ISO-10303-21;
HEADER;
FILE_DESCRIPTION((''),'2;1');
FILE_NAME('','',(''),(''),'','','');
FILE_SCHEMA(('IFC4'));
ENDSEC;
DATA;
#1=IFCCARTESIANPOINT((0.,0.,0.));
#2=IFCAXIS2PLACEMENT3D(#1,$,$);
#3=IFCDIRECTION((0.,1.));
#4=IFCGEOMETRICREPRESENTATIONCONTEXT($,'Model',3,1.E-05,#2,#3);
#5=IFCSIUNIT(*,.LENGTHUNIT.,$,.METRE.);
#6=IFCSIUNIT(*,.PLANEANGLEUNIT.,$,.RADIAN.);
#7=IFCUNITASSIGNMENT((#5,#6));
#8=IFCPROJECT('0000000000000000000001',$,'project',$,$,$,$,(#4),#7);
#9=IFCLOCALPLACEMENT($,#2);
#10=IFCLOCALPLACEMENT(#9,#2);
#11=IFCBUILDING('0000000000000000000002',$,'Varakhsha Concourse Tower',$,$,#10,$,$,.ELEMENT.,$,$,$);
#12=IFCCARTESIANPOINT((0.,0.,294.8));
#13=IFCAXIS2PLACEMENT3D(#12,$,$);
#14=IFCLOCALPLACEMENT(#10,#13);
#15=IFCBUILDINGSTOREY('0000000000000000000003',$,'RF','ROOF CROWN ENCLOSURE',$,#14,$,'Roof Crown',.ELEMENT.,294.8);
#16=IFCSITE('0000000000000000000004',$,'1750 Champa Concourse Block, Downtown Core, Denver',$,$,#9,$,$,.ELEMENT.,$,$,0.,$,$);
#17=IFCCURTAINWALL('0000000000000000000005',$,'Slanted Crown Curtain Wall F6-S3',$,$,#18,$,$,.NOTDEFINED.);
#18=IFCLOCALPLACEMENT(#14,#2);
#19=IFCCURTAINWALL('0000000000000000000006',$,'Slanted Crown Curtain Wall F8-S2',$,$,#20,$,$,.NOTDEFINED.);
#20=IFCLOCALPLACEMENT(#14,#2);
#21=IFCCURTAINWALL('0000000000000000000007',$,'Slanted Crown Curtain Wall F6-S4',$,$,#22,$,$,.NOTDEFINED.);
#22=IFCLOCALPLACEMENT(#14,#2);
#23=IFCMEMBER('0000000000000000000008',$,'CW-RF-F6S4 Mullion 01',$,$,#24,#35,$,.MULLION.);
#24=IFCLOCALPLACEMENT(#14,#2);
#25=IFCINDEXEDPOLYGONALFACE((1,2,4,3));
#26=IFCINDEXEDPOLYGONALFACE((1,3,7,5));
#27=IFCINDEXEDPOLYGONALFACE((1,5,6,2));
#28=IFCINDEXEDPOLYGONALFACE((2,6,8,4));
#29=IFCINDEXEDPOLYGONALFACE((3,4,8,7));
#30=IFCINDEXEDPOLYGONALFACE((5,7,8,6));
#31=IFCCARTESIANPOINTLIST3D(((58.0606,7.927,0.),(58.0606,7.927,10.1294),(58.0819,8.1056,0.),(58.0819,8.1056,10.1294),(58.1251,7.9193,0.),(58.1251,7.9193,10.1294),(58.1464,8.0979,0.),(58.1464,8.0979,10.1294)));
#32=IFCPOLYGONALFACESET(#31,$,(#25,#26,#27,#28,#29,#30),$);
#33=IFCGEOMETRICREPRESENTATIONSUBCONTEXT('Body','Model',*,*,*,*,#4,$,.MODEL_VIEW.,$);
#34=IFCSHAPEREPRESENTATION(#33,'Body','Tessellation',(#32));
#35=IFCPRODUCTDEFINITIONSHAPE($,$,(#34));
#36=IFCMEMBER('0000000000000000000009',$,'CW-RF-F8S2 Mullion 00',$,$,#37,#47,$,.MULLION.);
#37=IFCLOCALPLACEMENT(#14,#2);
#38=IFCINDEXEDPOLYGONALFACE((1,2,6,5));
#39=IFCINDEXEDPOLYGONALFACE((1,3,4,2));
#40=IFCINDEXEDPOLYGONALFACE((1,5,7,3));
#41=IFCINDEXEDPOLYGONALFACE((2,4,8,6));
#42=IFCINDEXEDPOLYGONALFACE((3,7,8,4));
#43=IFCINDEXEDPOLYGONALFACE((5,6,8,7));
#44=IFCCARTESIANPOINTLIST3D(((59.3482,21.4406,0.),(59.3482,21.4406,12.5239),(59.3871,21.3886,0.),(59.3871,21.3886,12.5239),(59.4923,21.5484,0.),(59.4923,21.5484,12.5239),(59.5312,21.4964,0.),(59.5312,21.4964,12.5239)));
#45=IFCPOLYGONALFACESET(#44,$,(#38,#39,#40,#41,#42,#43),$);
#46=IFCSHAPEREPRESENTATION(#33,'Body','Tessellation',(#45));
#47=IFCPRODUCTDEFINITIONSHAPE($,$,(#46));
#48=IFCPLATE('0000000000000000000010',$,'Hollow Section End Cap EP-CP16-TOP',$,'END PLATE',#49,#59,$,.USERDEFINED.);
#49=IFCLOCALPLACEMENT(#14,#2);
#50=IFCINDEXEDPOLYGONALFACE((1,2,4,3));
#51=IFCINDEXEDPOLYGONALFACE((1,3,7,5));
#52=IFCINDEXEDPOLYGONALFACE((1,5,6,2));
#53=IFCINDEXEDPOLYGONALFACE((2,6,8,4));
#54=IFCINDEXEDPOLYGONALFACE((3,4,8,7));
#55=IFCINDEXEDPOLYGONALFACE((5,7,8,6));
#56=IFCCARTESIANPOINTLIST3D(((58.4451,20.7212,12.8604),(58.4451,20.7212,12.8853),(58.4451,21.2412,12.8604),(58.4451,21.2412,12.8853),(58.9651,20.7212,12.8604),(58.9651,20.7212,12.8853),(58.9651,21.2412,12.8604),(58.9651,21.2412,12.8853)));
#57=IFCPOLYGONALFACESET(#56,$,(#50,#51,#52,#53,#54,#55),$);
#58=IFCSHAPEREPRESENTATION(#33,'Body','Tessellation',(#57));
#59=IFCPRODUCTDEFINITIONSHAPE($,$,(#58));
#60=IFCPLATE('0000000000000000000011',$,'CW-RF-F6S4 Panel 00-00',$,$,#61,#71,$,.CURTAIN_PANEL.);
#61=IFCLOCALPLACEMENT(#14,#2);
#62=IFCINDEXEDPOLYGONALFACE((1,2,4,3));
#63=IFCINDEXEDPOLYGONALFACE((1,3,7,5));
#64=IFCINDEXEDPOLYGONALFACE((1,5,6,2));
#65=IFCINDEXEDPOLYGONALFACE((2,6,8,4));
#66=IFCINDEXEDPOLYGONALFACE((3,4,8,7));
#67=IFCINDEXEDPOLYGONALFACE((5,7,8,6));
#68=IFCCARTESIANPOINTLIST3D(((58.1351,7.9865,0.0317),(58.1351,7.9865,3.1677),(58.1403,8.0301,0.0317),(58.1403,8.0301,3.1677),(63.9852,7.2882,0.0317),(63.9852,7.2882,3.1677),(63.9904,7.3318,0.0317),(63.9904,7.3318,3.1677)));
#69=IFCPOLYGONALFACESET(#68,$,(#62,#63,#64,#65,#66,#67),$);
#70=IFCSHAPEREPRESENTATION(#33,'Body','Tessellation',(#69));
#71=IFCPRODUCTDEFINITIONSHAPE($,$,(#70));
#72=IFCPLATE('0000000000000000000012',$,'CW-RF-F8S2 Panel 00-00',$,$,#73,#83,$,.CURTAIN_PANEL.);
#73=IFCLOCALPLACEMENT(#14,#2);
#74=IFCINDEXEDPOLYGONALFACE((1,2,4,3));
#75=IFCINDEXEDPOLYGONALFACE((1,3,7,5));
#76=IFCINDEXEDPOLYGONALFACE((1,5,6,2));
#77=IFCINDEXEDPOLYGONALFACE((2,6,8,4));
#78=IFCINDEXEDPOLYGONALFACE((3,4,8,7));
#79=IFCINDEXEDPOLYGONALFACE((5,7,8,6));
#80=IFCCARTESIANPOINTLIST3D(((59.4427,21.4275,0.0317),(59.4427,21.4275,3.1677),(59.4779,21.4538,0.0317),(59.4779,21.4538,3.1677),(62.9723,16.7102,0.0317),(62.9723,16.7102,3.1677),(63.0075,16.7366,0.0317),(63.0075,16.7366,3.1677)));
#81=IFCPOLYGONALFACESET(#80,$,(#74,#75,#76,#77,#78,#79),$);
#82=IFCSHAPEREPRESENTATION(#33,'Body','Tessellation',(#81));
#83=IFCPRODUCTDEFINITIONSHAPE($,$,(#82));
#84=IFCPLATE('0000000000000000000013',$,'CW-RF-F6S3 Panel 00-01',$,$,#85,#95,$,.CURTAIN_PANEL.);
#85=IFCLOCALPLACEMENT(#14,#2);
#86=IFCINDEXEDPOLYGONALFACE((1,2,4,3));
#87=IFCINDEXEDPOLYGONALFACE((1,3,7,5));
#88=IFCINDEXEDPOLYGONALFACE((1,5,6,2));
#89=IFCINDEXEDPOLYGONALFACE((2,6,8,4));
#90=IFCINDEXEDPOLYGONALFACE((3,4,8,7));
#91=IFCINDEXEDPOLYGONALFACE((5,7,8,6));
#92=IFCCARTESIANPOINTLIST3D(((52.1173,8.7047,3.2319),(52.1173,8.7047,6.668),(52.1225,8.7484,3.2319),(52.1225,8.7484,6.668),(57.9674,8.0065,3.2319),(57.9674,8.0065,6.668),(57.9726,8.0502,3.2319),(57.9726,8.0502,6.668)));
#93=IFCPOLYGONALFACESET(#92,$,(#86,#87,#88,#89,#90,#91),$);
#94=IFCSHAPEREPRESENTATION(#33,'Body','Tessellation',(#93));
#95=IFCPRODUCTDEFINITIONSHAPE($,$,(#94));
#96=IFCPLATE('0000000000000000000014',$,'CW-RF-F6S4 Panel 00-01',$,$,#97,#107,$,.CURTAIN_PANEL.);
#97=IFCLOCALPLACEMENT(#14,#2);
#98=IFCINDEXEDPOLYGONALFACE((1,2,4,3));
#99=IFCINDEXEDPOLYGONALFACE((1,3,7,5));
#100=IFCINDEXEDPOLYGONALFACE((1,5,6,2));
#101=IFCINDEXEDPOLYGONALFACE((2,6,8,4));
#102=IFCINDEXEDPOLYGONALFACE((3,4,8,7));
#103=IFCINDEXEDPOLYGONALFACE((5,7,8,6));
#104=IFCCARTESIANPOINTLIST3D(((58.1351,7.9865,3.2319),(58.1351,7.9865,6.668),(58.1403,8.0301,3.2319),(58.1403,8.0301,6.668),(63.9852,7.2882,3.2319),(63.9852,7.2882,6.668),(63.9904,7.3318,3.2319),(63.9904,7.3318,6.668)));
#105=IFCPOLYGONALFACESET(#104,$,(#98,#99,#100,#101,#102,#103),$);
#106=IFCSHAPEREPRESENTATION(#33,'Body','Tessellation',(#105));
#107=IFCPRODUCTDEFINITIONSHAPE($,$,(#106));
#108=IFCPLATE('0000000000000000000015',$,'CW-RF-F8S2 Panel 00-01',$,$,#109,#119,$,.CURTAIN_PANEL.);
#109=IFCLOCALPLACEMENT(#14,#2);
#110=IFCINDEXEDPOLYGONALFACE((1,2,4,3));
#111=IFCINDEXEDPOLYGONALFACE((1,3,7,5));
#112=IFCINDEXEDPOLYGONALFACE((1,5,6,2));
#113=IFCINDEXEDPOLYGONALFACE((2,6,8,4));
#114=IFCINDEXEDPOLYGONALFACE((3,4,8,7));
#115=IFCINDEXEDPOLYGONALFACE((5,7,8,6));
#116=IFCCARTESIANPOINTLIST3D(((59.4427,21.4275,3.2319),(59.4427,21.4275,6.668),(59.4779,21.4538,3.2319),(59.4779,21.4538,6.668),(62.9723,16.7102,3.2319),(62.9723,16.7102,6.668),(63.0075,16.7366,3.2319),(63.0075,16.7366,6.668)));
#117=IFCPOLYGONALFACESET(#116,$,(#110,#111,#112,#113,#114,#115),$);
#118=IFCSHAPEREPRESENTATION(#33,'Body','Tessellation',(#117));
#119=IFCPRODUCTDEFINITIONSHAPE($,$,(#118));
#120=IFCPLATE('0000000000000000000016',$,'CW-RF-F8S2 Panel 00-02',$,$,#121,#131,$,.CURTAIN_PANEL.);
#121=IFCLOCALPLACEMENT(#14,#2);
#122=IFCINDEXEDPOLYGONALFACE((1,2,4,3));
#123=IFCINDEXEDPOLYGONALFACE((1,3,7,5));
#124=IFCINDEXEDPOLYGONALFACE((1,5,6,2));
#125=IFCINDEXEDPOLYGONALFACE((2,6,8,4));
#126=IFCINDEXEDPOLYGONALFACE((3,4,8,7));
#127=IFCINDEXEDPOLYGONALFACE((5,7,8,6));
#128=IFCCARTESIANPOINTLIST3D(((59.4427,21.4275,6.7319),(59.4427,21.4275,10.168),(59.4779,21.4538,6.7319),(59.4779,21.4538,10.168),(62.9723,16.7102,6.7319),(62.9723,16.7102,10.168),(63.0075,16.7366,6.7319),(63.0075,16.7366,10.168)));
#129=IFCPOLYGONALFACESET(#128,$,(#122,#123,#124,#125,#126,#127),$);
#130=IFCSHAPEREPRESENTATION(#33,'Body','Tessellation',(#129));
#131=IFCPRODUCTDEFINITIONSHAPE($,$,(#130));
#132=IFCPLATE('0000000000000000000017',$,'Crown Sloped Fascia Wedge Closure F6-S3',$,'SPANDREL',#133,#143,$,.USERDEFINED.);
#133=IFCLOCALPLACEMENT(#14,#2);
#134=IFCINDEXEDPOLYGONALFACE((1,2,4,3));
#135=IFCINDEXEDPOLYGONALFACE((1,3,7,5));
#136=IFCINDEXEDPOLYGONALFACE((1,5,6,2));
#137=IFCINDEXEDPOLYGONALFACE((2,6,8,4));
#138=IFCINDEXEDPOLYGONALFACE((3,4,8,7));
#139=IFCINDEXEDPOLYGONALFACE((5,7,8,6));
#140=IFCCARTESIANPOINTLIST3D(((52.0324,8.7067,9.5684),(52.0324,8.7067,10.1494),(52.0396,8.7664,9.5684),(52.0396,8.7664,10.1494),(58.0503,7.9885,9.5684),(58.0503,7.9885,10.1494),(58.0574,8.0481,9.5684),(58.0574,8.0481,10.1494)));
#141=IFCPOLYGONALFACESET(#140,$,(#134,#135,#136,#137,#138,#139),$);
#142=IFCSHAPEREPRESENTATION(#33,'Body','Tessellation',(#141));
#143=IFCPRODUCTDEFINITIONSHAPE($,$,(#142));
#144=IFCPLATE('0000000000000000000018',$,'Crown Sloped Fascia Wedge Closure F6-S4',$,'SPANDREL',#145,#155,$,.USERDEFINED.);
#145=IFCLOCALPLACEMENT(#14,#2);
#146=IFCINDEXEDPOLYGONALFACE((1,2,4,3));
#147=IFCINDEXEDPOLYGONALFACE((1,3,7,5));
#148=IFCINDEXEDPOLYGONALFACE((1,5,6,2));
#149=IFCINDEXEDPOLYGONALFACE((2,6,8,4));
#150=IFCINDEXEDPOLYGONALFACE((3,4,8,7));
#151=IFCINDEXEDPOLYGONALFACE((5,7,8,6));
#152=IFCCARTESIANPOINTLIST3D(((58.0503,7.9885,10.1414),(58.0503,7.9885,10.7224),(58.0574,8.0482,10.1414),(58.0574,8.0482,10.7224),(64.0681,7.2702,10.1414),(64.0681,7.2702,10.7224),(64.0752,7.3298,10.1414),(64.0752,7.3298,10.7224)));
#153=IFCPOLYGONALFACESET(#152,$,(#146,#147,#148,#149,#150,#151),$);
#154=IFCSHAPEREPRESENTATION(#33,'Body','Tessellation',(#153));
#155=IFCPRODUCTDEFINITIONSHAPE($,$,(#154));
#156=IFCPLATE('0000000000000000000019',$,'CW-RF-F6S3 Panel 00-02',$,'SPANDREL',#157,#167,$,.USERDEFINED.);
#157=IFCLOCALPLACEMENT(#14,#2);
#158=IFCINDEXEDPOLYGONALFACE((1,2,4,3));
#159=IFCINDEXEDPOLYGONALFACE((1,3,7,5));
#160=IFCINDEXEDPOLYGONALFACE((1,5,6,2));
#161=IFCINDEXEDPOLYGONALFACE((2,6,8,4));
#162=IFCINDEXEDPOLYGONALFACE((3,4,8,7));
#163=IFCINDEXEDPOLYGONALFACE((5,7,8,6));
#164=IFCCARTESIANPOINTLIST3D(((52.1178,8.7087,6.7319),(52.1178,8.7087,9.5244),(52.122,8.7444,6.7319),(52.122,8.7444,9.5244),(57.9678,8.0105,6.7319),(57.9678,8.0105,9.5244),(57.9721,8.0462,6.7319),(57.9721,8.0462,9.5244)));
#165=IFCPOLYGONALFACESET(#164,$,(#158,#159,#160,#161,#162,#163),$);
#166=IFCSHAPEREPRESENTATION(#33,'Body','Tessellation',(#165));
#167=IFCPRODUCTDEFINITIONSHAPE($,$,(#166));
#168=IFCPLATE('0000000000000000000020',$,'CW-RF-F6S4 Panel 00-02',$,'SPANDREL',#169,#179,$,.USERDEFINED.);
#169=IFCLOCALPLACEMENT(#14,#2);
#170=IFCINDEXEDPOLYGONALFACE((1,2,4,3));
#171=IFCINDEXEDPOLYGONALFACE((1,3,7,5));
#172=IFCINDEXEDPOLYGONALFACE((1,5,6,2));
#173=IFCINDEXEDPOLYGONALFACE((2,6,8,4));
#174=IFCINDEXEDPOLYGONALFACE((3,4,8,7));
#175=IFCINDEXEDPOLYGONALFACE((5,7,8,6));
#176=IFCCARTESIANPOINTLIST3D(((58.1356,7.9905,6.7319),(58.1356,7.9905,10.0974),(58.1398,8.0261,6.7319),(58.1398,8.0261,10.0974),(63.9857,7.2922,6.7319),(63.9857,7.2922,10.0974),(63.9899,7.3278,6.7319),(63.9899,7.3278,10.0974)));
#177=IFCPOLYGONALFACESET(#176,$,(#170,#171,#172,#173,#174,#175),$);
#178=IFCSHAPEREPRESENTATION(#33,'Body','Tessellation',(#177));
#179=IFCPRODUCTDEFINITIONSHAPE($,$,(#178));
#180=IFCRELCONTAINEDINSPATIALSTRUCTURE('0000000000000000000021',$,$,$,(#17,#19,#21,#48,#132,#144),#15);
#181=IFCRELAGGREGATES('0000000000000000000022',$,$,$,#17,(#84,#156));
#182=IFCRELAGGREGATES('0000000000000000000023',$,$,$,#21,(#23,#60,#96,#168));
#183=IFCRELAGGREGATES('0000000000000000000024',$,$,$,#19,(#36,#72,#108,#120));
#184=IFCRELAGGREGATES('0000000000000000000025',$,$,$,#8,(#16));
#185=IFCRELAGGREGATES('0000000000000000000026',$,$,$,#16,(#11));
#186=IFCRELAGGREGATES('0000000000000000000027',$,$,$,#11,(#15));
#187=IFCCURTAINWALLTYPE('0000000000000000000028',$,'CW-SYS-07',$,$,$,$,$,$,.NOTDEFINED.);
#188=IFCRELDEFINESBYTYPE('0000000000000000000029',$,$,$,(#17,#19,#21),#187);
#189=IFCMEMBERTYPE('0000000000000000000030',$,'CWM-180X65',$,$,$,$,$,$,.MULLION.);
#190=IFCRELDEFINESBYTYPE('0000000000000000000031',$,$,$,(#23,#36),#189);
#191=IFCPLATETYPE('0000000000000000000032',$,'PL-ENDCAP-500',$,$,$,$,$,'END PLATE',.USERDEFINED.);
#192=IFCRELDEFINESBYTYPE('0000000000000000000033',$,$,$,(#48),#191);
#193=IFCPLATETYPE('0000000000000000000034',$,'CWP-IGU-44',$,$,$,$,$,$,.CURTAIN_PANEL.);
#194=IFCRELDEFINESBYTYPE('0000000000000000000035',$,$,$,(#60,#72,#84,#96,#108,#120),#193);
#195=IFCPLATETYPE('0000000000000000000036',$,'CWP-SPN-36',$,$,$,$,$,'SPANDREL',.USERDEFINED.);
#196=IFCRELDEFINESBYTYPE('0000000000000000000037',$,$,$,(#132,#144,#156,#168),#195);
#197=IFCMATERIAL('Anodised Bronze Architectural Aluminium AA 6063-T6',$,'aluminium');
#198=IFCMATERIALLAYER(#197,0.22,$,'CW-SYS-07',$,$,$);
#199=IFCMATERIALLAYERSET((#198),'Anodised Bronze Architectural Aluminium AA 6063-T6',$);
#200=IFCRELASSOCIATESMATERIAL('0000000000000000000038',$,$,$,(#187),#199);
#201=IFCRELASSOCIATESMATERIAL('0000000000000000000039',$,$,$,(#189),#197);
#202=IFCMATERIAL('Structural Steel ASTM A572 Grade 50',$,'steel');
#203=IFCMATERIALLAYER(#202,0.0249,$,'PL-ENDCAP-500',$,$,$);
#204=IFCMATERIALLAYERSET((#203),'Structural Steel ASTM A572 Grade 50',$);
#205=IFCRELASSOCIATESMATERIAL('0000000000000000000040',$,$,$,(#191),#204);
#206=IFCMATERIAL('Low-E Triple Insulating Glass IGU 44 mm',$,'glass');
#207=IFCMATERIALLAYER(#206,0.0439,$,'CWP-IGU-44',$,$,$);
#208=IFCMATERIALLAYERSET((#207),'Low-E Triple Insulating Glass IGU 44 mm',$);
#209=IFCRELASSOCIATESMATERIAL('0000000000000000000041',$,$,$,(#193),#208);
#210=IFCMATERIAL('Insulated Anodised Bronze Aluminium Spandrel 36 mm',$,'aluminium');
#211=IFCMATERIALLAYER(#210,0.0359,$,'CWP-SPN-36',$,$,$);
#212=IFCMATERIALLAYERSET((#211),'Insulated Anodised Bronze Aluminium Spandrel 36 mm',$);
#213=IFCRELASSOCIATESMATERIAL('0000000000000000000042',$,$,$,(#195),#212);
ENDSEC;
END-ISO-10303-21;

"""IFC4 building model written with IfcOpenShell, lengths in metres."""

from ifc_helpers import new_model, si_unit, direction, frame, origin, origin_2d, place, context, subcontext, project, spatial, rectangle, extrude, source, transform, mapped, material, layer, layer_set, material_profile, profile_set, type_object, type_shapes, element, aggregate, save


model = new_model("IFC4")

# Units and contexts
model_context = context("Model", 3, precision=1e-05, world=origin(), true_north=direction((0.0, 1.0)))
body_context = subcontext(model_context, "Body", "Model", "MODEL_VIEW")
ifc_project = project(units=[si_unit("LENGTHUNIT", "METRE"), si_unit("PLANEANGLEUNIT", "RADIAN")], contexts=[model_context])

# Site, building, storey
site_placement = place(None, origin())
site = spatial("IfcSite", under=ifc_project, at=site_placement, Name="1750 Champa Concourse Block, Downtown Core, Denver", CompositionType="ELEMENT", RefElevation=0.0)
building_placement = place(site_placement, origin())
building = spatial("IfcBuilding", under=site, at=building_placement, Name="Varakhsha Concourse Tower", CompositionType="ELEMENT")
storey_placement = place(building_placement, frame((0.0, 0.0, 294.8)))
storey = spatial("IfcBuildingStorey", under=building, at=storey_placement, Name="RF", Description="ROOF CROWN ENCLOSURE", LongName="Roof Crown", CompositionType="ELEMENT", Elevation=294.8)

# Shared definitions
ifc_material_1 = material(Name="Structural Steel ASTM A572 Grade 50", Category="steel")

# Curtain walls
ifc_material_2 = material(Name="Anodised Bronze Architectural Aluminium AA 6063-T6", Category="aluminium")
ifc_layer_1 = layer(ifc_material_2, 0.22, Name="CW-SYS-07")
ifc_layer_set_1 = layer_set([ifc_layer_1], Name="Anodised Bronze Architectural Aluminium AA 6063-T6")
curtain_wall_type = type_object("IfcCurtainWallType", Name="CW-SYS-07", PredefinedType="NOTDEFINED", material=ifc_layer_set_1)
curtain_wall_1_placement = place(storey_placement, origin())
curtain_wall_1 = element("IfcCurtainWall", 1, at=curtain_wall_1_placement, inside=storey, type_object=curtain_wall_type, Name="Slanted Crown Curtain Wall F6-S3", PredefinedType="NOTDEFINED")
curtain_wall_2_placement = place(storey_placement, origin())
curtain_wall_2 = element("IfcCurtainWall", 2, at=curtain_wall_2_placement, inside=storey, type_object=curtain_wall_type, Name="Slanted Crown Curtain Wall F8-S2", PredefinedType="NOTDEFINED")

# Shared definitions
ifc_material_profile_1 = material_profile(ifc_material_2, rectangle(XDim=0.0649, YDim=0.1799, at=origin_2d()), Name="CWM-180X65")
ifc_profile_set_1 = profile_set([ifc_material_profile_1], Name="Anodised Bronze Architectural Aluminium AA 6063-T6")
member_type_1 = type_object("IfcMemberType", Name="CWM-180X65", PredefinedType="MULLION", material=ifc_profile_set_1)

# Curtain wall, member
curtain_wall_3_placement = place(storey_placement, origin())
curtain_wall_3 = element("IfcCurtainWall", 3, at=curtain_wall_3_placement, inside=storey, type_object=curtain_wall_type, Name="Slanted Crown Curtain Wall F6-S4", PredefinedType="NOTDEFINED")
shared_shape_1 = source(origin(), body_context, "Body", "SweptSolid", [
    extrude(rectangle(XDim=0.0649, YDim=0.1799, at=origin_2d()), origin(), (0.0, 0.0, 1.0), 10.1294),
])
member_1_placement = place(storey_placement, frame((58.1035, 8.0125, 0.0), z_axis=(0.0, 0.0, 1.0), x_axis=(-0.992951, 0.118525, 0.0)))
member_1 = element("IfcMember", 4, at=member_1_placement, type_object=member_type_1, Name="CW-RF-F6S4 Mullion 01", PredefinedType="MULLION", context=body_context, shape_type="MappedRepresentation", body=[
    mapped(shared_shape_1, transform((0.0, 0.0, 0.0), scale=1.0)),
])

# Member
shared_shape_2 = source(origin(), body_context, "Body", "SweptSolid", [
    extrude(rectangle(XDim=0.0649, YDim=0.1799, at=origin_2d()), origin(), (0.0, 0.0, 1.0), 12.5239),
])
member_2_placement = place(storey_placement, frame((59.4397, 21.4685, 0.0), z_axis=(0.0, 0.0, 1.0), x_axis=(0.5991, -0.800674, 0.0)))
member_2 = element("IfcMember", 5, at=member_2_placement, type_object=member_type_1, Name="CW-RF-F8S2 Mullion 00", PredefinedType="MULLION", context=body_context, shape_type="MappedRepresentation", body=[
    mapped(shared_shape_2, transform((0.0, 0.0, 0.0), scale=1.0)),
])

# Plates
ifc_layer_2 = layer(ifc_material_1, 0.0249, Name="PL-ENDCAP-500")
ifc_layer_set_2 = layer_set([ifc_layer_2], Name="Structural Steel ASTM A572 Grade 50")
plate_type_1 = type_object("IfcPlateType", Name="PL-ENDCAP-500", ElementType="END PLATE", PredefinedType="USERDEFINED", material=ifc_layer_set_2)
shared_shape_3 = source(origin(), body_context, "Body", "SweptSolid", [
    extrude(rectangle(XDim=0.52, YDim=0.52, at=origin_2d()), origin(), (0.0, 0.0, 1.0), 0.0249),
])
type_shapes(plate_type_1, [shared_shape_3])
plate_1_placement = place(storey_placement, frame((58.7051, 20.9812, 12.8604), z_axis=(0.0, 0.0, 1.0), x_axis=(1.0, 0.0, 0.0)))
element("IfcPlate", 6, at=plate_1_placement, inside=storey, type_object=plate_type_1, Name="Hollow Section End Cap EP-CP16-TOP", ObjectType="END PLATE", PredefinedType="USERDEFINED", context=body_context, shape_type="MappedRepresentation", body=[
    mapped(shared_shape_3, transform((0.0, 0.0, 0.0), scale=1.0)),
])
ifc_material_3 = material(Name="Low-E Triple Insulating Glass IGU 44 mm", Category="glass")
ifc_layer_3 = layer(ifc_material_3, 0.0439, Name="CWP-IGU-44")
ifc_layer_set_3 = layer_set([ifc_layer_3], Name="Low-E Triple Insulating Glass IGU 44 mm")
plate_type_2 = type_object("IfcPlateType", Name="CWP-IGU-44", PredefinedType="CURTAIN_PANEL", material=ifc_layer_set_3)
shared_shape_4 = source(origin(), body_context, "Body", "SweptSolid", [
    extrude(rectangle(XDim=5.8916, YDim=0.0439, at=origin_2d()), origin(), (0.0, 0.0, 1.0), 3.136),
])
plate_2_placement = place(storey_placement, frame((61.0627, 7.6592, 0.0317), z_axis=(0.0, 0.0, 1.0), x_axis=(-0.992951, 0.118525, 0.0)))
plate_2 = element("IfcPlate", 7, at=plate_2_placement, type_object=plate_type_2, Name="CW-RF-F6S4 Panel 00-00", PredefinedType="CURTAIN_PANEL", context=body_context, shape_type="MappedRepresentation", body=[
    mapped(shared_shape_4, transform((0.0, 0.0, 0.0), scale=1.0)),
])
plate_3_placement = place(storey_placement, frame((61.2251, 19.082, 0.0317), z_axis=(0.0, 0.0, 1.0), x_axis=(0.5991, -0.800674, 0.0)))
plate_3 = element("IfcPlate", 8, at=plate_3_placement, type_object=plate_type_2, Name="CW-RF-F8S2 Panel 00-00", PredefinedType="CURTAIN_PANEL", context=body_context, shape_type="MappedRepresentation", body=[
    mapped(shared_shape_4, transform((0.0, 0.0, 0.0), scale=1.0)),
])
shared_shape_5 = source(origin(), body_context, "Body", "SweptSolid", [
    extrude(rectangle(XDim=5.8916, YDim=0.0439, at=origin_2d()), origin(), (0.0, 0.0, 1.0), 3.436),
])
type_shapes(plate_type_2, [shared_shape_4, shared_shape_5])
plate_4_placement = place(storey_placement, frame((55.0449, 8.3774, 3.2319), z_axis=(0.0, 0.0, 1.0), x_axis=(-0.992953, 0.11851, 0.0)))
plate_4 = element("IfcPlate", 9, at=plate_4_placement, type_object=plate_type_2, Name="CW-RF-F6S3 Panel 00-01", PredefinedType="CURTAIN_PANEL", context=body_context, shape_type="MappedRepresentation", body=[
    mapped(shared_shape_5, transform((0.0, 0.0, 0.0), scale=1.0)),
])
plate_5_placement = place(storey_placement, frame((61.0627, 7.6592, 3.2319), z_axis=(0.0, 0.0, 1.0), x_axis=(-0.992951, 0.118525, 0.0)))
plate_5 = element("IfcPlate", 10, at=plate_5_placement, type_object=plate_type_2, Name="CW-RF-F6S4 Panel 00-01", PredefinedType="CURTAIN_PANEL", context=body_context, shape_type="MappedRepresentation", body=[
    mapped(shared_shape_5, transform((0.0, 0.0, 0.0), scale=1.0)),
])
plate_6_placement = place(storey_placement, frame((61.2251, 19.082, 3.2319), z_axis=(0.0, 0.0, 1.0), x_axis=(0.5991, -0.800674, 0.0)))
plate_6 = element("IfcPlate", 11, at=plate_6_placement, type_object=plate_type_2, Name="CW-RF-F8S2 Panel 00-01", PredefinedType="CURTAIN_PANEL", context=body_context, shape_type="MappedRepresentation", body=[
    mapped(shared_shape_5, transform((0.0, 0.0, 0.0), scale=1.0)),
])
plate_7_placement = place(storey_placement, frame((61.2251, 19.082, 6.7319), z_axis=(0.0, 0.0, 1.0), x_axis=(0.5991, -0.800674, 0.0)))
plate_7 = element("IfcPlate", 12, at=plate_7_placement, type_object=plate_type_2, Name="CW-RF-F8S2 Panel 00-02", PredefinedType="CURTAIN_PANEL", context=body_context, shape_type="MappedRepresentation", body=[
    mapped(shared_shape_5, transform((0.0, 0.0, 0.0), scale=1.0)),
])

# Plates
ifc_material_4 = material(Name="Insulated Anodised Bronze Aluminium Spandrel 36 mm", Category="aluminium")
ifc_layer_4 = layer(ifc_material_4, 0.0359, Name="CWP-SPN-36")
ifc_layer_set_4 = layer_set([ifc_layer_4], Name="Insulated Anodised Bronze Aluminium Spandrel 36 mm")
plate_type_3 = type_object("IfcPlateType", Name="CWP-SPN-36", ElementType="SPANDREL", PredefinedType="USERDEFINED", material=ifc_layer_set_4)
shared_shape_6 = source(origin(), body_context, "Body", "SweptSolid", [
    extrude(rectangle(XDim=6.0605, YDim=0.0601, at=origin_2d()), origin(), (0.0, 0.0, 1.0), 0.5811),
])
for number, where, z_axis, x_axis, name in (
    (13, (55.0449, 8.3774, 9.5684), (0.0, 0.0, 1.0), (-0.992953, 0.118508, 0.0), "Crown Sloped Fascia Wedge Closure F6-S3"),
    (14, (61.0627, 7.6592, 10.1414), (0.0, 0.0, 1.0), (-0.992951, 0.118525, 0.0), "Crown Sloped Fascia Wedge Closure F6-S4"),
):
    element("IfcPlate", number, at=place(storey_placement, frame(where, z_axis=z_axis, x_axis=x_axis)), inside=storey, type_object=plate_type_3, Name=name, ObjectType="SPANDREL", PredefinedType="USERDEFINED", context=body_context, shape_type="MappedRepresentation", body=[
        mapped(shared_shape_6, transform((0.0, 0.0, 0.0), scale=1.0)),
    ])

# Plates
shared_shape_7 = source(origin(), body_context, "Body", "SweptSolid", [
    extrude(rectangle(XDim=5.8916, YDim=0.0359, at=origin_2d()), origin(), (0.0, 0.0, 1.0), 2.7925),
])
plate_8_placement = place(storey_placement, frame((55.0449, 8.3774, 6.7319), z_axis=(0.0, 0.0, 1.0), x_axis=(-0.992953, 0.11851, 0.0)))
plate_8 = element("IfcPlate", 15, at=plate_8_placement, type_object=plate_type_3, Name="CW-RF-F6S3 Panel 00-02", ObjectType="SPANDREL", PredefinedType="USERDEFINED", context=body_context, shape_type="MappedRepresentation", body=[
    mapped(shared_shape_7, transform((0.0, 0.0, 0.0), scale=1.0)),
])
aggregate(curtain_wall_1, [plate_4, plate_8])
shared_shape_8 = source(origin(), body_context, "Body", "SweptSolid", [
    extrude(rectangle(XDim=5.8916, YDim=0.0359, at=origin_2d()), origin(), (0.0, 0.0, 1.0), 3.3655),
])
plate_9_placement = place(storey_placement, frame((61.0627, 7.6592, 6.7319), z_axis=(0.0, 0.0, 1.0), x_axis=(-0.992951, 0.118525, 0.0)))
plate_9 = element("IfcPlate", 16, at=plate_9_placement, type_object=plate_type_3, Name="CW-RF-F6S4 Panel 00-02", ObjectType="SPANDREL", PredefinedType="USERDEFINED", context=body_context, shape_type="MappedRepresentation", body=[
    mapped(shared_shape_8, transform((0.0, 0.0, 0.0), scale=1.0)),
])
aggregate(curtain_wall_3, [member_1, plate_2, plate_5, plate_9])
aggregate(curtain_wall_2, [member_2, plate_3, plate_6, plate_7])

save(model, "model.ifc")
